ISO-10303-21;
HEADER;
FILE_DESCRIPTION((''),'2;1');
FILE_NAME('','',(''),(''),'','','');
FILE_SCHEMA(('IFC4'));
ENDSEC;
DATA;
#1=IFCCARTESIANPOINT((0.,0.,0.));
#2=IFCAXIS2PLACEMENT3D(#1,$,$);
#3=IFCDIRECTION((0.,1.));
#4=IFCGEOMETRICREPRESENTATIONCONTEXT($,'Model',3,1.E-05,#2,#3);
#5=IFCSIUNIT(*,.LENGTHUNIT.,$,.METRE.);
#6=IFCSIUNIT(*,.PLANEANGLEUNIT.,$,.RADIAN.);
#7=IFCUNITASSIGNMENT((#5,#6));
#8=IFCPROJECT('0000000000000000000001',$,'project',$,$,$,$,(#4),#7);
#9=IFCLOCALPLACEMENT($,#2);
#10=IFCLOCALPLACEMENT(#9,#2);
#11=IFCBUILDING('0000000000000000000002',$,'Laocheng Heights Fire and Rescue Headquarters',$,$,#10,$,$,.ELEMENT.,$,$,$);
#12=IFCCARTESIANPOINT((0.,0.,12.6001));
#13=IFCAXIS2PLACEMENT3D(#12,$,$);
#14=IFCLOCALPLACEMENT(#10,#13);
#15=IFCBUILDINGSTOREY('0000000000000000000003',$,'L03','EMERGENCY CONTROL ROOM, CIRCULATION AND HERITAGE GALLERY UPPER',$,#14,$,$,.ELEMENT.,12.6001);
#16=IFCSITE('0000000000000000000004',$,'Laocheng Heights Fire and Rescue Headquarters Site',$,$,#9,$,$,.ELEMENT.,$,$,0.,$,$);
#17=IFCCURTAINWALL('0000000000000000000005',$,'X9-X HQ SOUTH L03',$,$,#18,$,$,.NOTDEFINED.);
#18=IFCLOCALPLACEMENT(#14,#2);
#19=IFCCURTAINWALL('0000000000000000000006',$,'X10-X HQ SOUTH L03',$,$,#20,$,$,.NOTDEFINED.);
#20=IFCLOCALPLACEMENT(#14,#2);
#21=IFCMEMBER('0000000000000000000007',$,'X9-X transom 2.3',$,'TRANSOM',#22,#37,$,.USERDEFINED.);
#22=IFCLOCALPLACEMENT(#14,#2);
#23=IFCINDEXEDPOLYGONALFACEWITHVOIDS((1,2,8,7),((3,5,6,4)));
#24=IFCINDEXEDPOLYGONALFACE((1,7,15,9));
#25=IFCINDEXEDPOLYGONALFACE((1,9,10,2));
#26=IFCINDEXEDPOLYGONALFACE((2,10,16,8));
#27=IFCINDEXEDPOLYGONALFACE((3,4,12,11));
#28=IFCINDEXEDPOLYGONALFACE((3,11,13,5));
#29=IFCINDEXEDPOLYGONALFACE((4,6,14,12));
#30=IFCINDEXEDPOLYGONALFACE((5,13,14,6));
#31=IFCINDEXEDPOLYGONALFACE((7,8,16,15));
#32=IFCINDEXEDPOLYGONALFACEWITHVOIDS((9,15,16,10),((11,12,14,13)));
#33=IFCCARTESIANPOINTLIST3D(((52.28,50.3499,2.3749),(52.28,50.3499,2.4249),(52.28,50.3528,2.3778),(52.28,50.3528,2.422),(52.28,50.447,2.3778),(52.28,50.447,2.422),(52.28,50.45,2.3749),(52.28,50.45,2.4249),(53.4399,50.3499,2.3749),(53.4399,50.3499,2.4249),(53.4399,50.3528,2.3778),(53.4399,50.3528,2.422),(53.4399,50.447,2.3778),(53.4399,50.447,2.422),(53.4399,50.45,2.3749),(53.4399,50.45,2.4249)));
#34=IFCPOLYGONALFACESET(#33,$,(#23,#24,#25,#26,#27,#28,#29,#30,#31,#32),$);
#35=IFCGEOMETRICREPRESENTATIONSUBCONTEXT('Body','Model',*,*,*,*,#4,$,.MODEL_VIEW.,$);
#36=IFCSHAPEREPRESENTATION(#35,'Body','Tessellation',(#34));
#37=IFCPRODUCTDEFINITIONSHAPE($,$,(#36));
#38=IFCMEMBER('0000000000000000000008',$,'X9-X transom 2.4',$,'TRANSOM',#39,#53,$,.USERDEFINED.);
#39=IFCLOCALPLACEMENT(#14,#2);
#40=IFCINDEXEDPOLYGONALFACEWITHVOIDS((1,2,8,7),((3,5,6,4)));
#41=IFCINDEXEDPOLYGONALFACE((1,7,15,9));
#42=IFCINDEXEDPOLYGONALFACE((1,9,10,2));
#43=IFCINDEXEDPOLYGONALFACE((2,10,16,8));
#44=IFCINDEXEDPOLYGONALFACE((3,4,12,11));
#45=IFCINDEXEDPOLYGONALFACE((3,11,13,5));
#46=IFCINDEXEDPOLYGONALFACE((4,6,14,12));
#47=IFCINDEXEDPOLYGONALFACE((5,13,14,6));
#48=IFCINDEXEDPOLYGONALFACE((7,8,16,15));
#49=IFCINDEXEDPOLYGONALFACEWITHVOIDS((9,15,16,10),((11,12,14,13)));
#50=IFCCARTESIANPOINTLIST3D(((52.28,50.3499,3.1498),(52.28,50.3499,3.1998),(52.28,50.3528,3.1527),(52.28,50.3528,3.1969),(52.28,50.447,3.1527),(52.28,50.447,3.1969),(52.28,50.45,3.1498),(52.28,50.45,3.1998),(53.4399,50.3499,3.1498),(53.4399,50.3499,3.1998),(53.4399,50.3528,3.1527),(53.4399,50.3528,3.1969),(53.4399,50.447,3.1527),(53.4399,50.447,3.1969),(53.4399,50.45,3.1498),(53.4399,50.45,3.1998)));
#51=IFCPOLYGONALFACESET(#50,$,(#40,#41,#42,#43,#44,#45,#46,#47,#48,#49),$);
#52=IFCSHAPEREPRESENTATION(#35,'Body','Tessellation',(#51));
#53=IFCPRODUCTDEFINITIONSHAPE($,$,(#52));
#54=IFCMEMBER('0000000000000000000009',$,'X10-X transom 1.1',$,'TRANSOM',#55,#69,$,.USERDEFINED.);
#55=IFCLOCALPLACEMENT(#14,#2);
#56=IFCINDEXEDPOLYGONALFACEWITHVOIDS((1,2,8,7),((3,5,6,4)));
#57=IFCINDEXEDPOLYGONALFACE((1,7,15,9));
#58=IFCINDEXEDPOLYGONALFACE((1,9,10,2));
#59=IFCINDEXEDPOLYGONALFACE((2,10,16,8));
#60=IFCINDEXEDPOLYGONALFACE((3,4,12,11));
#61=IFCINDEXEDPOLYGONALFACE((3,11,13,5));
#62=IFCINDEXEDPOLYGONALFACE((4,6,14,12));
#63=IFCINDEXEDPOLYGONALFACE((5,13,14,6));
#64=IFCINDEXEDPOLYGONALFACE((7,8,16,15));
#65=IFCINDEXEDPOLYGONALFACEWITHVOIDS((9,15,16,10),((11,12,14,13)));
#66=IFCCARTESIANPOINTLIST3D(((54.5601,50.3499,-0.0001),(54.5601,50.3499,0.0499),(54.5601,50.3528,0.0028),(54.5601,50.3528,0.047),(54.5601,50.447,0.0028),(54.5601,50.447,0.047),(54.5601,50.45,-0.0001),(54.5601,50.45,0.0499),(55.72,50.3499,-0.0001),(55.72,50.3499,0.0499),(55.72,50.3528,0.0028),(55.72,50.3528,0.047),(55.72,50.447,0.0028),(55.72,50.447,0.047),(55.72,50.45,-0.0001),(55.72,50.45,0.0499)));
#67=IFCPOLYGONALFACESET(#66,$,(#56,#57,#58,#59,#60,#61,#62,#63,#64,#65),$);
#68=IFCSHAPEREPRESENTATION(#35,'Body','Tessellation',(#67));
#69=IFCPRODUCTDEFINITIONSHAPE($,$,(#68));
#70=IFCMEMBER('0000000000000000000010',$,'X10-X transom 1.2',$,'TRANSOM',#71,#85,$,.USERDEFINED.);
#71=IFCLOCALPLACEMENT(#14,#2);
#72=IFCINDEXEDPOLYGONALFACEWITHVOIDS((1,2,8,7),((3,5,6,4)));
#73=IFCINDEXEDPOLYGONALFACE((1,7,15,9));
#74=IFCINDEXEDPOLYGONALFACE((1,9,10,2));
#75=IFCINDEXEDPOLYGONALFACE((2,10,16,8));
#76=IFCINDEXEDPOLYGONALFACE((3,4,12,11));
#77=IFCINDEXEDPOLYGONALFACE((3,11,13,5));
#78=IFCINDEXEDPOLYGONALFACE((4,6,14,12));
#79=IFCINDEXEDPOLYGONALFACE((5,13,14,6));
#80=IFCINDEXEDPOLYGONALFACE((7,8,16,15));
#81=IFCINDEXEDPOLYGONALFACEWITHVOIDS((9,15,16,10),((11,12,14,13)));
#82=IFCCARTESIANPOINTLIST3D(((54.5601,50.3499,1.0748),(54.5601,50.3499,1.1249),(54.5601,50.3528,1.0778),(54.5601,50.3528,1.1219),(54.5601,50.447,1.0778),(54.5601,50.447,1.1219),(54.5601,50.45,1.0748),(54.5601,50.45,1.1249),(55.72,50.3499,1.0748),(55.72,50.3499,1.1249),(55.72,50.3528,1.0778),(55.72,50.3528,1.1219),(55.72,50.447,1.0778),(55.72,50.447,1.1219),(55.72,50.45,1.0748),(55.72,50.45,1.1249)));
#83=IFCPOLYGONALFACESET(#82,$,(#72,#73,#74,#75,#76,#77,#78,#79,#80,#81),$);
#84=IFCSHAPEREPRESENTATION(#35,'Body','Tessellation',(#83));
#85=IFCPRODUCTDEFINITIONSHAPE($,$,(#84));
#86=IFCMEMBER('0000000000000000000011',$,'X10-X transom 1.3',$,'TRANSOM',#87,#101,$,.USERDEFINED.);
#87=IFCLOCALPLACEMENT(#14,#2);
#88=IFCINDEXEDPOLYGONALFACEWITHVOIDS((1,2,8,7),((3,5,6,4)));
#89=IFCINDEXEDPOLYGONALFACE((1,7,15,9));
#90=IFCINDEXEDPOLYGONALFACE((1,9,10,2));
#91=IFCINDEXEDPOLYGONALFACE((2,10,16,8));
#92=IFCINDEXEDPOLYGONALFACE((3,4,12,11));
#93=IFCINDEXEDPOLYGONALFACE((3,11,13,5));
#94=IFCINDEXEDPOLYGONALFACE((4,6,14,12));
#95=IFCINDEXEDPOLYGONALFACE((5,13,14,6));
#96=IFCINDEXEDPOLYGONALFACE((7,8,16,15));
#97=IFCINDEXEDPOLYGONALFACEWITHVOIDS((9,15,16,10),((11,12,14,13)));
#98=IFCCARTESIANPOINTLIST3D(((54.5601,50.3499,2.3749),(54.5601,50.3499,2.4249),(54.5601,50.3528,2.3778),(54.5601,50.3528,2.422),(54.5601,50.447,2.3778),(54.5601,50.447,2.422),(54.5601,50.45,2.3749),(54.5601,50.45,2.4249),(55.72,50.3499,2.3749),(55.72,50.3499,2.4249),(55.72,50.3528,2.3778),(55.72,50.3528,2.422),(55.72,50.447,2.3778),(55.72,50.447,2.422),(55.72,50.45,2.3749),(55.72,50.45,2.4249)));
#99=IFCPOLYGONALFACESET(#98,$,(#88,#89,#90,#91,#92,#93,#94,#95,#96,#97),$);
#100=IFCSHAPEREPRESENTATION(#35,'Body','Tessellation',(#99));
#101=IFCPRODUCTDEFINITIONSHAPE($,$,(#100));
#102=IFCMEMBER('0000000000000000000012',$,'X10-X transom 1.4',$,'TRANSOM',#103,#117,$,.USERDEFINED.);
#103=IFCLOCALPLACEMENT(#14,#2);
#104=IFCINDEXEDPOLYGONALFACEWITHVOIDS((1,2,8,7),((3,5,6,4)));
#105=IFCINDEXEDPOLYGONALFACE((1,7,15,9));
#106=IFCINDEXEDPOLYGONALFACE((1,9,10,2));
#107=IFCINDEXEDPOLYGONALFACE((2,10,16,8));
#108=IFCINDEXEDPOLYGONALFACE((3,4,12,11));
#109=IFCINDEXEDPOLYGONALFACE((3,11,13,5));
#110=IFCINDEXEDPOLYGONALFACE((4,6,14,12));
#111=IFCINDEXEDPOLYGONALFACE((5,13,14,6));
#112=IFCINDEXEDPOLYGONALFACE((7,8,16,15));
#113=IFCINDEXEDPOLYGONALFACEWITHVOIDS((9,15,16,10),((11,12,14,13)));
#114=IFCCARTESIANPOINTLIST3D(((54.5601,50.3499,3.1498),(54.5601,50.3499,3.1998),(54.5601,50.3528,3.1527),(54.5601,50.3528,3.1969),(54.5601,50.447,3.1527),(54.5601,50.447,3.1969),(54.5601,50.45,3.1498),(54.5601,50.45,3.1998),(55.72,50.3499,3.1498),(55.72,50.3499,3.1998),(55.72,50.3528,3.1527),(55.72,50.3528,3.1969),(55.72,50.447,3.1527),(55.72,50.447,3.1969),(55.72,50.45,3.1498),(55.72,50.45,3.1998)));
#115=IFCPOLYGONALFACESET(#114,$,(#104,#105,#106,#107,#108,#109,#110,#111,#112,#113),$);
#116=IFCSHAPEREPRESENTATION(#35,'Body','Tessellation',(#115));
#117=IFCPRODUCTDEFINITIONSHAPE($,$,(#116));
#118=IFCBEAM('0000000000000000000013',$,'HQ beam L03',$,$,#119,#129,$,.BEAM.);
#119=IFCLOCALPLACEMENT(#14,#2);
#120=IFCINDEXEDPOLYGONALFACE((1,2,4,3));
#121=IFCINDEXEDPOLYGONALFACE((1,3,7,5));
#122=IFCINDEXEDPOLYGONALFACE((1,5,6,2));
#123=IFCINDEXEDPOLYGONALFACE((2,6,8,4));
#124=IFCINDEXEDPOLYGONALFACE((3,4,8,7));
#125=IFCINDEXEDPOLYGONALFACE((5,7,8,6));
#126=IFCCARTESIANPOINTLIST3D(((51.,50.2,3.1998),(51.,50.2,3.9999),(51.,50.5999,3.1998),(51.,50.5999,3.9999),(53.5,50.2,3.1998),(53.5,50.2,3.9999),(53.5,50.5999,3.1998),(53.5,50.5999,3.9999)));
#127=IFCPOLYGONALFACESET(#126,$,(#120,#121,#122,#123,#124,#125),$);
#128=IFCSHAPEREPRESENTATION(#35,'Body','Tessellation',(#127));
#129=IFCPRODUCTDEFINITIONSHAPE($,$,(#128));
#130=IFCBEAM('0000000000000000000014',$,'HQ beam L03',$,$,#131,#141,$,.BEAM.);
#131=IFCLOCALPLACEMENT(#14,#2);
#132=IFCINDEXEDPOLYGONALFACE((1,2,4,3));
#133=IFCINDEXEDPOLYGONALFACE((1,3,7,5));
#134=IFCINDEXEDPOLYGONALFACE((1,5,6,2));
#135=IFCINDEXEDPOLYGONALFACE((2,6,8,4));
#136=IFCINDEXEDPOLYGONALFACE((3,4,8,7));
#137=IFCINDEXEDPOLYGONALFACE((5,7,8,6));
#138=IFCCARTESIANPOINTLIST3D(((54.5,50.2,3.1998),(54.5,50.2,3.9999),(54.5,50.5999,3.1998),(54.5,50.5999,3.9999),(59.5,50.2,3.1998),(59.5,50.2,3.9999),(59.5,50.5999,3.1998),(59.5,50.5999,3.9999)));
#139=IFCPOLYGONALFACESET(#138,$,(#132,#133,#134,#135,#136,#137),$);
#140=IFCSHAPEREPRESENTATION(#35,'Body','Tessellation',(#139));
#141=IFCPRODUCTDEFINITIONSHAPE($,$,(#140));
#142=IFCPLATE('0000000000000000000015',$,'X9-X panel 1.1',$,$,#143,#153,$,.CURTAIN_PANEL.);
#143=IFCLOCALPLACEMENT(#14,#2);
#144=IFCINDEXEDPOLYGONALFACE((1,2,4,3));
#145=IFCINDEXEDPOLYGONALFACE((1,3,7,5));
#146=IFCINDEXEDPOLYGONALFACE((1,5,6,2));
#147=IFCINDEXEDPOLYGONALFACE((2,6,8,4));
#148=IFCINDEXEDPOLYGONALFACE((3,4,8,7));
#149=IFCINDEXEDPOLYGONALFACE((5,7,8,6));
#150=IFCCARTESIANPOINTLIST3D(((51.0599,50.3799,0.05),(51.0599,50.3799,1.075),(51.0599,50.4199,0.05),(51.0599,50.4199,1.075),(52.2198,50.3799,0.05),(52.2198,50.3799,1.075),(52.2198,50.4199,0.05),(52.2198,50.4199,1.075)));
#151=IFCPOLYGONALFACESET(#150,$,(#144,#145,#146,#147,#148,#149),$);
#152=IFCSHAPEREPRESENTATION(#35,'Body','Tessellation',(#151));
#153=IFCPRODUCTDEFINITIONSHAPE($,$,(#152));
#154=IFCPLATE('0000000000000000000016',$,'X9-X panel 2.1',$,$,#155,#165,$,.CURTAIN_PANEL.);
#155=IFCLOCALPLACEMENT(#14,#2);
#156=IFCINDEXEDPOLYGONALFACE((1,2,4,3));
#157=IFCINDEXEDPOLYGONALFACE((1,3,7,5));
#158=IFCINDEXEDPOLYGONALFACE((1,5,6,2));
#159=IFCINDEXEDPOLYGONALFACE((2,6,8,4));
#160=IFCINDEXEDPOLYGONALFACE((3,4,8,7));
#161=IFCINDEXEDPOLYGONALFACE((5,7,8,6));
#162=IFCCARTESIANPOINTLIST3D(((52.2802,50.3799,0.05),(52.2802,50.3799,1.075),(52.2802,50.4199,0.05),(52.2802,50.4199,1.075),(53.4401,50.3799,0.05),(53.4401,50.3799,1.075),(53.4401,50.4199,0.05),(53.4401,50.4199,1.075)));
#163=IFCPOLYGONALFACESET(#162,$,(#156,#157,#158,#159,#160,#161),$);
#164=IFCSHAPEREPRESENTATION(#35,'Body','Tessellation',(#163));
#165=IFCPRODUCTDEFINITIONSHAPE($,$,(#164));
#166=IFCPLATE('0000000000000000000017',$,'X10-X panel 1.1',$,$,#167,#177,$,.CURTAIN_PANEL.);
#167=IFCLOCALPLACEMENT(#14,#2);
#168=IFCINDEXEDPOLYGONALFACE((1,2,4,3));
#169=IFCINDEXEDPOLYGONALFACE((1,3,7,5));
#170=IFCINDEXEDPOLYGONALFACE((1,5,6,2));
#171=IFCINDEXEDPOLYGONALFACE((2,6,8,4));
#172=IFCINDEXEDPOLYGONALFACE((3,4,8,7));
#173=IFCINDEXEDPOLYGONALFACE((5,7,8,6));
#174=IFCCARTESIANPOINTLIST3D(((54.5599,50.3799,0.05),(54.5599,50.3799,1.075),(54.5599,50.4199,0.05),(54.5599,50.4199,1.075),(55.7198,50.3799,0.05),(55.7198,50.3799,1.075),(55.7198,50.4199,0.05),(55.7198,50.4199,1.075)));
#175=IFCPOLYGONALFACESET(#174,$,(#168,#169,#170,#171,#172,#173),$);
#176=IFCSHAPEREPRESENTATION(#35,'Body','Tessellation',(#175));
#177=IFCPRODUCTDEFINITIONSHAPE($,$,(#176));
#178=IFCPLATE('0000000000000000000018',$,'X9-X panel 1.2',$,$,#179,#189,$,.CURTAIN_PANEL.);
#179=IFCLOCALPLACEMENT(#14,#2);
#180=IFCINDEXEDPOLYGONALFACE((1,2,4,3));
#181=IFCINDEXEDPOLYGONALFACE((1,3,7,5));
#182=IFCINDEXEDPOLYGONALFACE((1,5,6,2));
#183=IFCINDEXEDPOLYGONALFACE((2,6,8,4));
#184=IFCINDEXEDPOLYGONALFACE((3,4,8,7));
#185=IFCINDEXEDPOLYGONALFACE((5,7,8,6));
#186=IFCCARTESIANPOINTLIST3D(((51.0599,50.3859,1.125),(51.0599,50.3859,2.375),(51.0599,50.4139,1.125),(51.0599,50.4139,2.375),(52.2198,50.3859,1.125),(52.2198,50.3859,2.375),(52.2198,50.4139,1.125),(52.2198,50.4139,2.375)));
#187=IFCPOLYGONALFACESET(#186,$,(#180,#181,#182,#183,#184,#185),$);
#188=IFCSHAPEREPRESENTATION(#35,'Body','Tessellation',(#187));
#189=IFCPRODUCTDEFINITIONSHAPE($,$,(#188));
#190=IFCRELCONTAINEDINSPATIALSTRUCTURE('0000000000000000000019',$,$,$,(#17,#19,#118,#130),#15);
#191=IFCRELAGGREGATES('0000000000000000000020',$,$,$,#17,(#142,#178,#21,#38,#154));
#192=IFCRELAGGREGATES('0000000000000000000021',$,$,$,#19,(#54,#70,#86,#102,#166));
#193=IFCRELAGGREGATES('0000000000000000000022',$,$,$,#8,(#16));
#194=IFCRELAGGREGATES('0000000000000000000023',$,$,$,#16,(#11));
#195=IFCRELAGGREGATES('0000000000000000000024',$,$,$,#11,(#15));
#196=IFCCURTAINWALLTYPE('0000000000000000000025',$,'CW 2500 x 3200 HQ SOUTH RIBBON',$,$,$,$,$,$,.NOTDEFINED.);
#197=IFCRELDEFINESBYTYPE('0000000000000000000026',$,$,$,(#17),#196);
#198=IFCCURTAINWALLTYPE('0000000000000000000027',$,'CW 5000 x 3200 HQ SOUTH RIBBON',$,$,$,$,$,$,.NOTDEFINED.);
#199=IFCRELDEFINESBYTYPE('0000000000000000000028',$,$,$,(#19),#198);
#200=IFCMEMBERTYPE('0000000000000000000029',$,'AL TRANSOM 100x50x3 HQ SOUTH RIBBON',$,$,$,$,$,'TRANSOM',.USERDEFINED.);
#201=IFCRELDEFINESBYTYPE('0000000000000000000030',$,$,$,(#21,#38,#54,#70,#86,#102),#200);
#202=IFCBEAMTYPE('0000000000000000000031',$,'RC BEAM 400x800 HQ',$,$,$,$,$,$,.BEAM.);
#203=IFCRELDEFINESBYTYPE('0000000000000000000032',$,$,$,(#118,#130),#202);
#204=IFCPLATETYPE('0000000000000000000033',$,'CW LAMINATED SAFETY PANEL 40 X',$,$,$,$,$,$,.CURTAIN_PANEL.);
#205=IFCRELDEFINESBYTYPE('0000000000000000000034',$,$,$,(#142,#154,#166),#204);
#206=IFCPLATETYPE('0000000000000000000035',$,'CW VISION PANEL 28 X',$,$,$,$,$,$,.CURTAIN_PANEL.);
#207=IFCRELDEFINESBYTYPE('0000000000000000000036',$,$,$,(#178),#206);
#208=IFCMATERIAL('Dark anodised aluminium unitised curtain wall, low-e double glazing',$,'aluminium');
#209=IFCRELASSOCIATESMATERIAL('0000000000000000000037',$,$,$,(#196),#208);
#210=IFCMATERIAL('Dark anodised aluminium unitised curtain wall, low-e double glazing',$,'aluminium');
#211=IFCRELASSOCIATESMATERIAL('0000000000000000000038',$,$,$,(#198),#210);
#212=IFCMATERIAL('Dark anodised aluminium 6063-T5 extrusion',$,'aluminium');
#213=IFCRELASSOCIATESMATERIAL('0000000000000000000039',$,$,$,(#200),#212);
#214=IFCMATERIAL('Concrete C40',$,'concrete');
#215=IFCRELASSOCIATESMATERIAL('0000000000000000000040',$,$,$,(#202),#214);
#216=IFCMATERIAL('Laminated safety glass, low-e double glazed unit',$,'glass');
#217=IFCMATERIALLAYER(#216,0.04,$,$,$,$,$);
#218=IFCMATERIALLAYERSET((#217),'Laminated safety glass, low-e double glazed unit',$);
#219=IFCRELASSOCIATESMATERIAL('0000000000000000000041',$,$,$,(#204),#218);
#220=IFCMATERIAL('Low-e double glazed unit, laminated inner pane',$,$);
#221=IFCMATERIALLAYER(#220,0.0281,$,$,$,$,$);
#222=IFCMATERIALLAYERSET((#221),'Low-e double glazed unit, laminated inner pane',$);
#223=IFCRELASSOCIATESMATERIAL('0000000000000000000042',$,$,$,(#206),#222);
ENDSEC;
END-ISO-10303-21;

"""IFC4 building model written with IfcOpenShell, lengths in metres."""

from ifc_helpers import new_model, si_unit, direction, frame, origin, origin_2d, place, context, subcontext, project, spatial, rectangle, hollow_rectangle, extrude, material, layer, layer_set, material_profile, profile_set, type_object, element, aggregate, save


model = new_model("IFC4")

# Units and contexts
model_context = context("Model", 3, precision=1e-05, world=origin(), true_north=direction((0.0, 1.0)))
body_context = subcontext(model_context, "Body", "Model", "MODEL_VIEW")
ifc_project = project(units=[si_unit("LENGTHUNIT", "METRE"), si_unit("PLANEANGLEUNIT", "RADIAN")], contexts=[model_context])

# Site, building, storey
site_placement = place(None, origin())
site = spatial("IfcSite", under=ifc_project, at=site_placement, Name="Laocheng Heights Fire and Rescue Headquarters Site", CompositionType="ELEMENT", RefElevation=0.0)
building_placement = place(site_placement, origin())
building = spatial("IfcBuilding", under=site, at=building_placement, Name="Laocheng Heights Fire and Rescue Headquarters", CompositionType="ELEMENT")
storey_placement = place(building_placement, frame((0.0, 0.0, 12.6001)))
storey = spatial("IfcBuildingStorey", under=building, at=storey_placement, Name="L03", Description="EMERGENCY CONTROL ROOM, CIRCULATION AND HERITAGE GALLERY UPPER", CompositionType="ELEMENT", Elevation=12.6001)

# Curtain wall
ifc_material_1 = material(Name="Dark anodised aluminium unitised curtain wall, low-e double glazing", Category="aluminium")
curtain_wall_type_1 = type_object("IfcCurtainWallType", Name="CW 2500 x 3200 HQ SOUTH RIBBON", PredefinedType="NOTDEFINED", material=ifc_material_1)
curtain_wall_1_placement = place(storey_placement, origin())
curtain_wall_1 = element("IfcCurtainWall", 1, at=curtain_wall_1_placement, inside=storey, type_object=curtain_wall_type_1, Name="X9-X HQ SOUTH L03", PredefinedType="NOTDEFINED")

# Curtain wall
ifc_material_2 = material(Name="Dark anodised aluminium unitised curtain wall, low-e double glazing", Category="aluminium")
curtain_wall_type_2 = type_object("IfcCurtainWallType", Name="CW 5000 x 3200 HQ SOUTH RIBBON", PredefinedType="NOTDEFINED", material=ifc_material_2)
curtain_wall_2_placement = place(storey_placement, origin())
curtain_wall_2 = element("IfcCurtainWall", 2, at=curtain_wall_2_placement, inside=storey, type_object=curtain_wall_type_2, Name="X10-X HQ SOUTH L03", PredefinedType="NOTDEFINED")

# Members
ifc_material_3 = material(Name="Dark anodised aluminium 6063-T5 extrusion", Category="aluminium")
ifc_material_profile_1 = material_profile(ifc_material_3, hollow_rectangle(XDim=0.1001, YDim=0.05, WallThickness=0.0029, at=origin_2d()), Name="AL TRANSOM 100x50x3 HQ SOUTH RIBBON")
ifc_profile_set_1 = profile_set([ifc_material_profile_1], Name="Dark anodised aluminium 6063-T5 extrusion")
member_type_1 = type_object("IfcMemberType", Name="AL TRANSOM 100x50x3 HQ SOUTH RIBBON", ElementType="TRANSOM", PredefinedType="USERDEFINED", material=ifc_profile_set_1)
member_1_placement = place(storey_placement, frame((52.28, 50.3999, 2.3999), z_axis=(1.0, 0.0, 0.0), x_axis=(0.0, 1.0, 0.0)))
member_1 = element("IfcMember", 3, at=member_1_placement, type_object=member_type_1, Name="X9-X transom 2.3", ObjectType="TRANSOM", PredefinedType="USERDEFINED", context=body_context, shape_type="SweptSolid", body=[
    extrude(hollow_rectangle(XDim=0.1001, YDim=0.05, WallThickness=0.0029, at=origin_2d()), origin(), (0.0, 0.0, 1.0), 1.1599),
])
member_2_placement = place(storey_placement, frame((52.28, 50.3999, 3.1748), z_axis=(1.0, 0.0, 0.0), x_axis=(0.0, 1.0, 0.0)))
member_2 = element("IfcMember", 4, at=member_2_placement, type_object=member_type_1, Name="X9-X transom 2.4", ObjectType="TRANSOM", PredefinedType="USERDEFINED", context=body_context, shape_type="SweptSolid", body=[
    extrude(hollow_rectangle(XDim=0.1001, YDim=0.05, WallThickness=0.0029, at=origin_2d()), origin(), (0.0, 0.0, 1.0), 1.1599),
])
member_3_placement = place(storey_placement, frame((54.5601, 50.3999, 0.0249), z_axis=(1.0, 0.0, 0.0), x_axis=(0.0, 1.0, 0.0)))
member_3 = element("IfcMember", 5, at=member_3_placement, type_object=member_type_1, Name="X10-X transom 1.1", ObjectType="TRANSOM", PredefinedType="USERDEFINED", context=body_context, shape_type="SweptSolid", body=[
    extrude(hollow_rectangle(XDim=0.1001, YDim=0.05, WallThickness=0.0029, at=origin_2d()), origin(), (0.0, 0.0, 1.0), 1.1599),
])
member_4_placement = place(storey_placement, frame((54.5601, 50.3999, 1.0999), z_axis=(1.0, 0.0, 0.0), x_axis=(0.0, 1.0, 0.0)))
member_4 = element("IfcMember", 6, at=member_4_placement, type_object=member_type_1, Name="X10-X transom 1.2", ObjectType="TRANSOM", PredefinedType="USERDEFINED", context=body_context, shape_type="SweptSolid", body=[
    extrude(hollow_rectangle(XDim=0.1001, YDim=0.05, WallThickness=0.0029, at=origin_2d()), origin(), (0.0, 0.0, 1.0), 1.1599),
])
member_5_placement = place(storey_placement, frame((54.5601, 50.3999, 2.3999), z_axis=(1.0, 0.0, 0.0), x_axis=(0.0, 1.0, 0.0)))
member_5 = element("IfcMember", 7, at=member_5_placement, type_object=member_type_1, Name="X10-X transom 1.3", ObjectType="TRANSOM", PredefinedType="USERDEFINED", context=body_context, shape_type="SweptSolid", body=[
    extrude(hollow_rectangle(XDim=0.1001, YDim=0.05, WallThickness=0.0029, at=origin_2d()), origin(), (0.0, 0.0, 1.0), 1.1599),
])
member_6_placement = place(storey_placement, frame((54.5601, 50.3999, 3.1748), z_axis=(1.0, 0.0, 0.0), x_axis=(0.0, 1.0, 0.0)))
member_6 = element("IfcMember", 8, at=member_6_placement, type_object=member_type_1, Name="X10-X transom 1.4", ObjectType="TRANSOM", PredefinedType="USERDEFINED", context=body_context, shape_type="SweptSolid", body=[
    extrude(hollow_rectangle(XDim=0.1001, YDim=0.05, WallThickness=0.0029, at=origin_2d()), origin(), (0.0, 0.0, 1.0), 1.1599),
])

# Beams
ifc_material_4 = material(Name="Concrete C40", Category="concrete")
ifc_material_profile_2 = material_profile(ifc_material_4, rectangle(XDim=0.3999, YDim=0.8, at=origin_2d()), Name="RC BEAM 400x800 HQ")
ifc_profile_set_2 = profile_set([ifc_material_profile_2], Name="Concrete C40")
beam_type = type_object("IfcBeamType", Name="RC BEAM 400x800 HQ", PredefinedType="BEAM", material=ifc_profile_set_2)
beam_1_placement = place(storey_placement, frame((51.0, 50.3999, 3.5999), z_axis=(1.0, 0.0, 0.0), x_axis=(0.0, 1.0, 0.0)))
element("IfcBeam", 9, at=beam_1_placement, inside=storey, type_object=beam_type, Name="HQ beam L03", PredefinedType="BEAM", context=body_context, shape_type="SweptSolid", body=[
    extrude(rectangle(XDim=0.3999, YDim=0.8, at=origin_2d()), origin(), (0.0, 0.0, 1.0), 2.5),
])
beam_2_placement = place(storey_placement, frame((54.5, 50.3999, 3.5999), z_axis=(1.0, 0.0, 0.0), x_axis=(0.0, 1.0, 0.0)))
element("IfcBeam", 10, at=beam_2_placement, inside=storey, type_object=beam_type, Name="HQ beam L03", PredefinedType="BEAM", context=body_context, shape_type="SweptSolid", body=[
    extrude(rectangle(XDim=0.3999, YDim=0.8, at=origin_2d()), origin(), (0.0, 0.0, 1.0), 5.0),
])

# Plates
ifc_material_5 = material(Name="Laminated safety glass, low-e double glazed unit", Category="glass")
ifc_layer_1 = layer(ifc_material_5, 0.04)
ifc_layer_set_1 = layer_set([ifc_layer_1], Name="Laminated safety glass, low-e double glazed unit")
plate_type_1 = type_object("IfcPlateType", Name="CW LAMINATED SAFETY PANEL 40 X", PredefinedType="CURTAIN_PANEL", material=ifc_layer_set_1)
plate_1_placement = place(storey_placement, frame((51.6399, 50.3999, 0.05), z_axis=(0.0, 0.0, 1.0), x_axis=(1.0, 0.0, 0.0)))
plate_1 = element("IfcPlate", 11, at=plate_1_placement, type_object=plate_type_1, Name="X9-X panel 1.1", PredefinedType="CURTAIN_PANEL", context=body_context, shape_type="SweptSolid", body=[
    extrude(rectangle(XDim=1.1599, YDim=0.04, at=origin_2d()), origin(), (0.0, 0.0, 1.0), 1.0249),
])
plate_2_placement = place(storey_placement, frame((52.8601, 50.3999, 0.05), z_axis=(0.0, 0.0, 1.0), x_axis=(1.0, 0.0, 0.0)))
plate_2 = element("IfcPlate", 12, at=plate_2_placement, type_object=plate_type_1, Name="X9-X panel 2.1", PredefinedType="CURTAIN_PANEL", context=body_context, shape_type="SweptSolid", body=[
    extrude(rectangle(XDim=1.1599, YDim=0.04, at=origin_2d()), origin(), (0.0, 0.0, 1.0), 1.0249),
])
plate_3_placement = place(storey_placement, frame((55.1399, 50.3999, 0.05), z_axis=(0.0, 0.0, 1.0), x_axis=(1.0, 0.0, 0.0)))
plate_3 = element("IfcPlate", 13, at=plate_3_placement, type_object=plate_type_1, Name="X10-X panel 1.1", PredefinedType="CURTAIN_PANEL", context=body_context, shape_type="SweptSolid", body=[
    extrude(rectangle(XDim=1.1599, YDim=0.04, at=origin_2d()), origin(), (0.0, 0.0, 1.0), 1.0249),
])
ifc_material_6 = material(Name="Low-e double glazed unit, laminated inner pane")
ifc_layer_2 = layer(ifc_material_6, 0.0281)
ifc_layer_set_2 = layer_set([ifc_layer_2], Name="Low-e double glazed unit, laminated inner pane")
plate_type_2 = type_object("IfcPlateType", Name="CW VISION PANEL 28 X", PredefinedType="CURTAIN_PANEL", material=ifc_layer_set_2)
plate_4_placement = place(storey_placement, frame((51.6399, 50.3999, 1.125), z_axis=(0.0, 0.0, 1.0), x_axis=(1.0, 0.0, 0.0)))
plate_4 = element("IfcPlate", 14, at=plate_4_placement, type_object=plate_type_2, Name="X9-X panel 1.2", PredefinedType="CURTAIN_PANEL", context=body_context, shape_type="SweptSolid", body=[
    extrude(rectangle(XDim=1.1599, YDim=0.0281, at=origin_2d()), origin(), (0.0, 0.0, 1.0), 1.25),
])
aggregate(curtain_wall_1, [plate_1, plate_4, member_1, member_2, plate_2])
aggregate(curtain_wall_2, [member_3, member_4, member_5, member_6, plate_3])

save(model, "model.ifc")
